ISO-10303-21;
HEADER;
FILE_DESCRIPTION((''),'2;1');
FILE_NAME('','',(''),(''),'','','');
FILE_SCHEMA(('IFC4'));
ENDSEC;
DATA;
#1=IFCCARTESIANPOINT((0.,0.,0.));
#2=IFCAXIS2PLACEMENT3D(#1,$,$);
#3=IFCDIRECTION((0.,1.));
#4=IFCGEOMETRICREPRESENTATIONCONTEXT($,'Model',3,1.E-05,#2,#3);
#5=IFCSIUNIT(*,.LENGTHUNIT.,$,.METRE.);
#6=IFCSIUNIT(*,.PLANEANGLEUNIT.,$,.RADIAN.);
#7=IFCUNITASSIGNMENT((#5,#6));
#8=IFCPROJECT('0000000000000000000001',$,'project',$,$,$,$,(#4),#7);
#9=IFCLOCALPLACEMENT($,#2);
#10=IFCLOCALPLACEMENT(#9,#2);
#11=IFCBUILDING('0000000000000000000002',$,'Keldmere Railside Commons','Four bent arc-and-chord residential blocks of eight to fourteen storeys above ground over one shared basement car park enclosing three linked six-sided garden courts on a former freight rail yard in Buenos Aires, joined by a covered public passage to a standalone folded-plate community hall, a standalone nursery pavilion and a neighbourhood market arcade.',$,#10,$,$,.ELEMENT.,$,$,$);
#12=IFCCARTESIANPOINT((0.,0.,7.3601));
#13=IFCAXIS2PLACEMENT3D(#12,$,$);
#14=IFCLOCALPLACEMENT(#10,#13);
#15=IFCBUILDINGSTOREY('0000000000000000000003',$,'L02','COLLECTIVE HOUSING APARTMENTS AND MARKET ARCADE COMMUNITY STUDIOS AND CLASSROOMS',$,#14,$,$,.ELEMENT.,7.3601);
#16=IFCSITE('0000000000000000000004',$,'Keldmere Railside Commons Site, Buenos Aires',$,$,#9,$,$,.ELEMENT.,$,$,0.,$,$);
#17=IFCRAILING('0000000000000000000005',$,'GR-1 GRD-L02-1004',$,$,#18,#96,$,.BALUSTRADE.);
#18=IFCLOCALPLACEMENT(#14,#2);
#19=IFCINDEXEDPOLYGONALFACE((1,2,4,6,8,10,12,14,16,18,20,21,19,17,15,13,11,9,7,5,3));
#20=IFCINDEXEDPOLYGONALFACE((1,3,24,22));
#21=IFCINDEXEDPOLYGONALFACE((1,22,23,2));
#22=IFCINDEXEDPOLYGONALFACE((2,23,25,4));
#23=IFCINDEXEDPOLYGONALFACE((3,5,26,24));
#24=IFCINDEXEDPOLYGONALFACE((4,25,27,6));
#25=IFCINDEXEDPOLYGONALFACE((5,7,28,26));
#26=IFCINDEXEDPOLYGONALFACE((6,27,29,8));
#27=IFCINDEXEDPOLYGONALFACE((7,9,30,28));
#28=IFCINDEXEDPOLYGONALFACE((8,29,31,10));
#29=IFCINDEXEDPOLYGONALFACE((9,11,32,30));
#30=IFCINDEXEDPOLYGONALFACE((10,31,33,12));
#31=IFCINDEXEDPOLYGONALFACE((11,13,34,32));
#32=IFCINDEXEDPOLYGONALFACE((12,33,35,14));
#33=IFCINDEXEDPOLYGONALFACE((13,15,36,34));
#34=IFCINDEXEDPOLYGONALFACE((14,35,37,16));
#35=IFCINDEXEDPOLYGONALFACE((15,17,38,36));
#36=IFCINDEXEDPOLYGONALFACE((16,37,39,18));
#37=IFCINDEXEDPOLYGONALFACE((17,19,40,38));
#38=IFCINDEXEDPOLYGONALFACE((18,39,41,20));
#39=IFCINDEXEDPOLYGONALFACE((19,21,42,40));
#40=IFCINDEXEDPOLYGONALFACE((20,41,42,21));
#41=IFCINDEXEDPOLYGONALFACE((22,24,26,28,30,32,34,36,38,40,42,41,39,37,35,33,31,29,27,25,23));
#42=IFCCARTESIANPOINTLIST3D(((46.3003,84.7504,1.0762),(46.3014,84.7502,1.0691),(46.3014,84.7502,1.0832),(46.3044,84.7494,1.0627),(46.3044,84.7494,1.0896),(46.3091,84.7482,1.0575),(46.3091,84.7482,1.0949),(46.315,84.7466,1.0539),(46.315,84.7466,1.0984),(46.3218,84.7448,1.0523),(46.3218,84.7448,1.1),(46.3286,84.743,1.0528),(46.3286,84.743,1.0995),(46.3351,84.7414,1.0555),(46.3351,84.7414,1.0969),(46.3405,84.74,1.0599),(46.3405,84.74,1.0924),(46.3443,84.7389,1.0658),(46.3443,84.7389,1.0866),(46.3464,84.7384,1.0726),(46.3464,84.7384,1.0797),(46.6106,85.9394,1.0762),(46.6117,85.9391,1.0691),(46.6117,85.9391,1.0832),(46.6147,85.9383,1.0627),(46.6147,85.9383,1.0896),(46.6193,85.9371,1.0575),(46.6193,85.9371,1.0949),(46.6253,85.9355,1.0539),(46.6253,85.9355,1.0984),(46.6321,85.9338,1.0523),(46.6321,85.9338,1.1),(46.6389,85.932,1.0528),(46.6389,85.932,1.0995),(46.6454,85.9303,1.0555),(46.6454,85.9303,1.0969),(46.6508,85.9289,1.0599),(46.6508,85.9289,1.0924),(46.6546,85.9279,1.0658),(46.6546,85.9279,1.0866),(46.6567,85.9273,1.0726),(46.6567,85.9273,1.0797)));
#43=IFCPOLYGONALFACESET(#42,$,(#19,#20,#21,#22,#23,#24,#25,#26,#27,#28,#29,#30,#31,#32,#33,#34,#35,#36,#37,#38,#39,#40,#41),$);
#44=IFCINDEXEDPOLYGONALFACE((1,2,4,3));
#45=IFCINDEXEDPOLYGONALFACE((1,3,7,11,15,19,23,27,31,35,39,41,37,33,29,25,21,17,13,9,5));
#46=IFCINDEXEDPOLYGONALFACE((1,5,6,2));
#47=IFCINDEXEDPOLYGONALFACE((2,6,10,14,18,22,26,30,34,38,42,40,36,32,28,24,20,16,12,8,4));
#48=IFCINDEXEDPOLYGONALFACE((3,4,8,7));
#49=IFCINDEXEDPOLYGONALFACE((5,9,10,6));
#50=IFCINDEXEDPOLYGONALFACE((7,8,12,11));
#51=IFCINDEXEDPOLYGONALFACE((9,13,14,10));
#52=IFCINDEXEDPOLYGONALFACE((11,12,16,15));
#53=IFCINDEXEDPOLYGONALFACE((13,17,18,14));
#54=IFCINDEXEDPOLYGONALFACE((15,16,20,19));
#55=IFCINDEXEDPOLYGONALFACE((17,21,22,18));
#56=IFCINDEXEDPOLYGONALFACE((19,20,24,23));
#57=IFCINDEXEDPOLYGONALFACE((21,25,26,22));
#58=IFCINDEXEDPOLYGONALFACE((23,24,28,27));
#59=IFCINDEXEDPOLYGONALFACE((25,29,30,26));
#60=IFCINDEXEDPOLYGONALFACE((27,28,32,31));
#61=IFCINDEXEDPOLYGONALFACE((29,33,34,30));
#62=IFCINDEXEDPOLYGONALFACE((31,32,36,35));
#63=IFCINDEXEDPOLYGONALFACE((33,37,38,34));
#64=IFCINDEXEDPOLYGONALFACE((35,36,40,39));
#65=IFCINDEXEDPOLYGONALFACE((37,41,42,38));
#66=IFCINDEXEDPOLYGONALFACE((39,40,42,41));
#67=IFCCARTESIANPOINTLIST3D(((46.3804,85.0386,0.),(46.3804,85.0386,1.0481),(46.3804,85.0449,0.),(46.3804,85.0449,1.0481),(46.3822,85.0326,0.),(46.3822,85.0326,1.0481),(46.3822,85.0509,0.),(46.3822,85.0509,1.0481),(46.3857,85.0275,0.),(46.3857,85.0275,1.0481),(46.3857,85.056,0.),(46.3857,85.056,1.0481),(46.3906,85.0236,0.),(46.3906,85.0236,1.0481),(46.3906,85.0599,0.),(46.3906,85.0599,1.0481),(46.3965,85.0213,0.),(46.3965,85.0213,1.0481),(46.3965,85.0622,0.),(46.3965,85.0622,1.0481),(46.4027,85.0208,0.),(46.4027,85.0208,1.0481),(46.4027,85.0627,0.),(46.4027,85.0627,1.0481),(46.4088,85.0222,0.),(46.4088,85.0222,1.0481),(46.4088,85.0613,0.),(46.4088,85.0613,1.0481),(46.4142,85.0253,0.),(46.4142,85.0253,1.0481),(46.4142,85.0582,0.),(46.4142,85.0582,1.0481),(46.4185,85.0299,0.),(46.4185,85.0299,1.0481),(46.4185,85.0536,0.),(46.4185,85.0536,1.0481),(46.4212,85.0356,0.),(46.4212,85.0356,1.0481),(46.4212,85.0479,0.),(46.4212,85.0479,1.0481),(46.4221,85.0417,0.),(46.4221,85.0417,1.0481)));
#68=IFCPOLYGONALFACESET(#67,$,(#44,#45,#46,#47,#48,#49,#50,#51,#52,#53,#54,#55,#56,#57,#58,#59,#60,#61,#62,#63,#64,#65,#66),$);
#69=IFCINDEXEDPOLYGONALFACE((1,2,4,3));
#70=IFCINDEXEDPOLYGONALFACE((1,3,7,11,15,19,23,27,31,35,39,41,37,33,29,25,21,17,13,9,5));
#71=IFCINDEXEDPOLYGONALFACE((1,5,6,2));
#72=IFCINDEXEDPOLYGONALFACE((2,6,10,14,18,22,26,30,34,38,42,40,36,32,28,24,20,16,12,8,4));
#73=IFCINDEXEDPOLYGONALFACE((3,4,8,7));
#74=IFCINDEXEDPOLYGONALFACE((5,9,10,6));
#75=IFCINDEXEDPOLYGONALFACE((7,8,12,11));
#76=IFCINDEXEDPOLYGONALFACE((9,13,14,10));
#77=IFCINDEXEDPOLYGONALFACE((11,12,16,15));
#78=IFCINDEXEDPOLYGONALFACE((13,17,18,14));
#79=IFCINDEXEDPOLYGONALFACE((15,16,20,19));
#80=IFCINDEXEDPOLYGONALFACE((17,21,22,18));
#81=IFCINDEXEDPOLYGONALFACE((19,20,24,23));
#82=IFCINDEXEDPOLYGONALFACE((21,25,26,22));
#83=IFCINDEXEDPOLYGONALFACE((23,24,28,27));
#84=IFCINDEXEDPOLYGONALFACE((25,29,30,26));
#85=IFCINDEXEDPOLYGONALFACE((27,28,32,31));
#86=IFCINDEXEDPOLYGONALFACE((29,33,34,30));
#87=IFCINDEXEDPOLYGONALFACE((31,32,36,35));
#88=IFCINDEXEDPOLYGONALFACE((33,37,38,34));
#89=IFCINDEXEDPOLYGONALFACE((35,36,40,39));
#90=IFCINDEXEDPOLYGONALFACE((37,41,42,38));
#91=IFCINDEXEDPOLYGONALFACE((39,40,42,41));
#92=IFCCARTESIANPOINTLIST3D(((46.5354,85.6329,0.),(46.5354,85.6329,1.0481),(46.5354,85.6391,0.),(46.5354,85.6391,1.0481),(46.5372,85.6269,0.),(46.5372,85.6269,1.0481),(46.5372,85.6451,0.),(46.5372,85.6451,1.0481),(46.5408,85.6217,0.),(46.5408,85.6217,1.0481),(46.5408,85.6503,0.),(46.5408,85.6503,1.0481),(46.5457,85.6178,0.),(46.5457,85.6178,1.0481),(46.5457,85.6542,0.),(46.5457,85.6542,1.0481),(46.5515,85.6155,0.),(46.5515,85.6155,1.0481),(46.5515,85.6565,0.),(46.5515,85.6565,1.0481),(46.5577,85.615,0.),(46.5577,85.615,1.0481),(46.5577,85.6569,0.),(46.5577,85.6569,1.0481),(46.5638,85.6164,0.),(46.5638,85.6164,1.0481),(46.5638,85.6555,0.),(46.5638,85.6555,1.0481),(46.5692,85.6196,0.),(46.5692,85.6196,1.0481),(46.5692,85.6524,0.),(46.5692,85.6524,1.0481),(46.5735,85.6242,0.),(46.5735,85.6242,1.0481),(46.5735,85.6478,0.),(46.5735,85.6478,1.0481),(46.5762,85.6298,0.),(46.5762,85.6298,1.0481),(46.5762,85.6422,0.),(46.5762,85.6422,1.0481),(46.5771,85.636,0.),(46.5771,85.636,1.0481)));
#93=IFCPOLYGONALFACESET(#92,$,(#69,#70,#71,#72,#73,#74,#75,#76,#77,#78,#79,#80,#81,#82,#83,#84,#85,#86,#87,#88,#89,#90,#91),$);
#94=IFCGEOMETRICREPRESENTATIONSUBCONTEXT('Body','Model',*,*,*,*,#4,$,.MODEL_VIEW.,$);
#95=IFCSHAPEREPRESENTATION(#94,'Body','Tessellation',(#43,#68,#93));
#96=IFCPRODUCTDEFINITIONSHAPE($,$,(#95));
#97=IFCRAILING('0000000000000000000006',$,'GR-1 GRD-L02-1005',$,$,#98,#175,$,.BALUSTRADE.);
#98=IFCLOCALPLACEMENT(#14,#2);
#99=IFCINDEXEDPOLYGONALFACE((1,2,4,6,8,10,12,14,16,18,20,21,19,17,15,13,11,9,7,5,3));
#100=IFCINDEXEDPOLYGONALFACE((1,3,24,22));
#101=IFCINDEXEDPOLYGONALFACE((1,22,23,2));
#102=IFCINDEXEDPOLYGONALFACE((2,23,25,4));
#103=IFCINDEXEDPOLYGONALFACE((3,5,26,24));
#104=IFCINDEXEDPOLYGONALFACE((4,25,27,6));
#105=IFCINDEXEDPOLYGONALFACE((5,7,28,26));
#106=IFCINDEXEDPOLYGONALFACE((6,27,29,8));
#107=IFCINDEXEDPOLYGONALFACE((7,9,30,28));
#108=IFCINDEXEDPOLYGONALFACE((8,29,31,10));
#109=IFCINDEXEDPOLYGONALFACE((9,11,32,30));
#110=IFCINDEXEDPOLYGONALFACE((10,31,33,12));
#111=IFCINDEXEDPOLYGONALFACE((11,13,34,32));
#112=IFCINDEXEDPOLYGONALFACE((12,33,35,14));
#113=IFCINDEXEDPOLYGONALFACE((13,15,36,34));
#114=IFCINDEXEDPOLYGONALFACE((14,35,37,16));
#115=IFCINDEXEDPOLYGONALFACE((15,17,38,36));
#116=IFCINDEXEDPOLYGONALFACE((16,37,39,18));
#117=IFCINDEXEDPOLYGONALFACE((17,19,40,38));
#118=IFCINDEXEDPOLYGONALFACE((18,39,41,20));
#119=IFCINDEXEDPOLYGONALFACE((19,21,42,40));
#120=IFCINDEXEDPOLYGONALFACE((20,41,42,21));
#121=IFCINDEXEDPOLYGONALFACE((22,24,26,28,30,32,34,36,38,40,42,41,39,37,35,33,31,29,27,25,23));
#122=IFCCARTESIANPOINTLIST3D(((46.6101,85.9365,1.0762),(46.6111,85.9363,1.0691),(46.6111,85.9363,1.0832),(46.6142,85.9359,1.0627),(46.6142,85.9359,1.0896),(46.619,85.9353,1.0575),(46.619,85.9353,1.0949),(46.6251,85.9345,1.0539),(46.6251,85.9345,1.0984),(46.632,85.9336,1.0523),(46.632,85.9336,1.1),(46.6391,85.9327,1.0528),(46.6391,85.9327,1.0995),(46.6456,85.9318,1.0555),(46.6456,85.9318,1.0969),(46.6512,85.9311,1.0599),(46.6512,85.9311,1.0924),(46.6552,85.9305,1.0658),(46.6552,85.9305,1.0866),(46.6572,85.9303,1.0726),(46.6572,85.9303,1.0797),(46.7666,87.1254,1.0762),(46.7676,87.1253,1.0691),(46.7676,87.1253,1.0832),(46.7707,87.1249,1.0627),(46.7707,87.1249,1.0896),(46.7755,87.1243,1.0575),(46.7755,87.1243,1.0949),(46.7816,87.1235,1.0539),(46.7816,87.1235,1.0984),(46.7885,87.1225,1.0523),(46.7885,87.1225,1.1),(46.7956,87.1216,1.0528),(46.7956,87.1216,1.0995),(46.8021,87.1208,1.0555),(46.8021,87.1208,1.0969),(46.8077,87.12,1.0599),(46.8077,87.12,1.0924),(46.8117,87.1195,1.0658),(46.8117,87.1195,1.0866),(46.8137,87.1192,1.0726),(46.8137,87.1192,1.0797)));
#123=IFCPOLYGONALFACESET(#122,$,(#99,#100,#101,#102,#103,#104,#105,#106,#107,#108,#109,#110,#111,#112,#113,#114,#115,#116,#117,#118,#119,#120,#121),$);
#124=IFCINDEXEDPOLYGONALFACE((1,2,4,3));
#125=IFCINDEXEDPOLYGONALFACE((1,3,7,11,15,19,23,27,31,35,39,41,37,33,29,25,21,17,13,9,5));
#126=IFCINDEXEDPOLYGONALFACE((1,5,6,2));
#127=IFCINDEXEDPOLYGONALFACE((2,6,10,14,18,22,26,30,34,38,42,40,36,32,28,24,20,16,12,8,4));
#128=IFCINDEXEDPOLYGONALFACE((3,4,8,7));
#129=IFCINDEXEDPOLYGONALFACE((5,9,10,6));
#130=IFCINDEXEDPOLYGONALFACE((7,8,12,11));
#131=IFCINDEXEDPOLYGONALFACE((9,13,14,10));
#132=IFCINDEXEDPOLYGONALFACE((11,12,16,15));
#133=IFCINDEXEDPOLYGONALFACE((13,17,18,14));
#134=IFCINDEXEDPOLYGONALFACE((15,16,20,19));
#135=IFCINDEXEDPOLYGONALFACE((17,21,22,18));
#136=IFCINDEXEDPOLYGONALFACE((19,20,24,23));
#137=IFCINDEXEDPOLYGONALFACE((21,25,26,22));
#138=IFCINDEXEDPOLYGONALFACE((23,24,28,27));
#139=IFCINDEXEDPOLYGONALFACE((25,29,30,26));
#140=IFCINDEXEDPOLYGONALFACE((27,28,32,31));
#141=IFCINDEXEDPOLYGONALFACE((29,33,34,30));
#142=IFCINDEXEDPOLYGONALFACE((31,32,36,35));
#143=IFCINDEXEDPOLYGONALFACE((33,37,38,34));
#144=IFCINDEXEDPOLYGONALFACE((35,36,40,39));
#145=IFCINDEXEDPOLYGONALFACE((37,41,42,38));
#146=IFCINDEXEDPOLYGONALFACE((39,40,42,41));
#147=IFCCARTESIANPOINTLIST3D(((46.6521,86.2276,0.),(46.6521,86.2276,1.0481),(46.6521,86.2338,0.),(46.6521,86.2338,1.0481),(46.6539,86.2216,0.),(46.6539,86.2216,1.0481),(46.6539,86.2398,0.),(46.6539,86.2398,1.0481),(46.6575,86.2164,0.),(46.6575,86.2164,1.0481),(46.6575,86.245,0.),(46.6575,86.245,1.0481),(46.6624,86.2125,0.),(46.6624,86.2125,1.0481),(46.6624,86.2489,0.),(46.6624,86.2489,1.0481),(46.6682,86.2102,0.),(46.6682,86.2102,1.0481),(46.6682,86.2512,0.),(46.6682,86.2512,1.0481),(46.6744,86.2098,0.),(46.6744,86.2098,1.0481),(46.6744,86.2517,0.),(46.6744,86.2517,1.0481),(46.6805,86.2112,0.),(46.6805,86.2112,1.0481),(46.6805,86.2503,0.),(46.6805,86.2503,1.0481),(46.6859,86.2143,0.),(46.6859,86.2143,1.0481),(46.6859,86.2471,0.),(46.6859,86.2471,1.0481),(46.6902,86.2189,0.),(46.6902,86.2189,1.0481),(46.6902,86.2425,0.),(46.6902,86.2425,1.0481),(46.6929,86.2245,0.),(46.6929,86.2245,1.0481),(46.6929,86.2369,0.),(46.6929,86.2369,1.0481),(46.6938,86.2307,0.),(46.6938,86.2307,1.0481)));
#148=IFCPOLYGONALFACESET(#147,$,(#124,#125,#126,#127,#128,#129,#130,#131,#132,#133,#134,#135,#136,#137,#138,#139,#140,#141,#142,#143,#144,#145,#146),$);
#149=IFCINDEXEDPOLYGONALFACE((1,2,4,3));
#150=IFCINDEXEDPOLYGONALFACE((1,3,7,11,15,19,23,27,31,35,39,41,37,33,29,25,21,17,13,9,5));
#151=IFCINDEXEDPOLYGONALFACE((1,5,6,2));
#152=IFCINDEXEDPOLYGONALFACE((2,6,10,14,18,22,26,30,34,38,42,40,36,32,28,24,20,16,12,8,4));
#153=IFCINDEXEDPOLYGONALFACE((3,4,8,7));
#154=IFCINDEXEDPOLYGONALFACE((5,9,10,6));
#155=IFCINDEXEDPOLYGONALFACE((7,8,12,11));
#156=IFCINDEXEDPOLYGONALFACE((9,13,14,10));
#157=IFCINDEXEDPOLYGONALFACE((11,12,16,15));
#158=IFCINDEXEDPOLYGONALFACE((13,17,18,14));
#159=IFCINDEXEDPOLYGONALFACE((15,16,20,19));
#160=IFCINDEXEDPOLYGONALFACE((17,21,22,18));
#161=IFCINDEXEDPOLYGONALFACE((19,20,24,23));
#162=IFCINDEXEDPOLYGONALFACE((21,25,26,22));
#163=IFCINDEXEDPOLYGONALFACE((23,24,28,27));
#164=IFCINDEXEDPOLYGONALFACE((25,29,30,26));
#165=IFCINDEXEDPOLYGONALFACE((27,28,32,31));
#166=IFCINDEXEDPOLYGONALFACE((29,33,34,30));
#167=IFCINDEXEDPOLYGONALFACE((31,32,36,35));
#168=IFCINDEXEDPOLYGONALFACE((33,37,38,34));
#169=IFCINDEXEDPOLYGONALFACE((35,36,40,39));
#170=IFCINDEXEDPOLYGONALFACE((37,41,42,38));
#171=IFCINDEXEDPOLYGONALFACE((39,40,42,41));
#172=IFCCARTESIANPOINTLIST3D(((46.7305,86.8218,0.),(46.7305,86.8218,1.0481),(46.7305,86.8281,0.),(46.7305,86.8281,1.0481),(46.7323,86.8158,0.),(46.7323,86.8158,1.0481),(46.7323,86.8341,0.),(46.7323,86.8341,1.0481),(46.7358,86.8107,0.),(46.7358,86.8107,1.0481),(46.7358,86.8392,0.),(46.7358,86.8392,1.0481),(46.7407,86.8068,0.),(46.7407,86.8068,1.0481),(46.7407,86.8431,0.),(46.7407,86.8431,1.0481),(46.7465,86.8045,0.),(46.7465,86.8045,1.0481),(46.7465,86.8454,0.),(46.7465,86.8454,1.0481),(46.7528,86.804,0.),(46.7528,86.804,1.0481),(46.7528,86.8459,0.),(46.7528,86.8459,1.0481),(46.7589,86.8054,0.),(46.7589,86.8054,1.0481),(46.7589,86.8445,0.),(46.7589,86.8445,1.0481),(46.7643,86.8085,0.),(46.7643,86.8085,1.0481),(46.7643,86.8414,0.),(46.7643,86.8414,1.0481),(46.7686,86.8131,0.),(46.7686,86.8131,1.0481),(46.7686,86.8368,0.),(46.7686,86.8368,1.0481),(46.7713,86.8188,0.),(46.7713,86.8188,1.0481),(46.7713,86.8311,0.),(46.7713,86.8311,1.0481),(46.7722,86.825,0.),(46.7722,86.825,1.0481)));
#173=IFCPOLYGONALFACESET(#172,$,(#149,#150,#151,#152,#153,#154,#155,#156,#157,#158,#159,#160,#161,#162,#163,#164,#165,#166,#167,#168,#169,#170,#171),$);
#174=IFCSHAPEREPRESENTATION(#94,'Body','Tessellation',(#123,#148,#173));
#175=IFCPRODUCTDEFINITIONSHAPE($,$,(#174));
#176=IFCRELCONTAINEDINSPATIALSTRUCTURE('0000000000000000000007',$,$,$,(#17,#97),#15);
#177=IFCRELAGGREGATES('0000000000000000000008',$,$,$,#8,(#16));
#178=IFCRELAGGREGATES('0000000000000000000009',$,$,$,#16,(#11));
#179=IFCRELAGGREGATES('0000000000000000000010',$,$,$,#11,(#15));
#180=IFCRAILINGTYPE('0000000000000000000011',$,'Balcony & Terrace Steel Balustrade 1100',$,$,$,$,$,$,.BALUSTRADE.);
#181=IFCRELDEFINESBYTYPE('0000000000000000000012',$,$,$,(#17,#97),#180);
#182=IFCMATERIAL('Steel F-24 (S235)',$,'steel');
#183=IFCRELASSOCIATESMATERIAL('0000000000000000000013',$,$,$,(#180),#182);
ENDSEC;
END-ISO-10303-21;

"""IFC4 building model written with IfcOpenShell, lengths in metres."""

from ifc_helpers import new_model, si_unit, direction, frame, origin, origin_2d, place, context, subcontext, project, spatial, circle, extrude, material, type_object, element, save


model = new_model("IFC4")

# Units and contexts
model_context = context("Model", 3, precision=1e-05, world=origin(), true_north=direction((0.0, 1.0)))
body_context = subcontext(model_context, "Body", "Model", "MODEL_VIEW")
ifc_project = project(units=[si_unit("LENGTHUNIT", "METRE"), si_unit("PLANEANGLEUNIT", "RADIAN")], contexts=[model_context])

# Site, building, storey
site_placement = place(None, origin())
site = spatial("IfcSite", under=ifc_project, at=site_placement, Name="Keldmere Railside Commons Site, Buenos Aires", CompositionType="ELEMENT", RefElevation=0.0)
building_placement = place(site_placement, origin())
building = spatial("IfcBuilding", under=site, at=building_placement, Name="Keldmere Railside Commons", Description="Four bent arc-and-chord residential blocks of eight to fourteen storeys above ground over one shared basement car park enclosing three linked six-sided garden courts on a former freight rail yard in Buenos Aires, joined by a covered public passage to a standalone folded-plate community hall, a standalone nursery pavilion and a neighbourhood market arcade.", CompositionType="ELEMENT")
storey_placement = place(building_placement, frame((0.0, 0.0, 7.3601)))
storey = spatial("IfcBuildingStorey", under=building, at=storey_placement, Name="L02", Description="COLLECTIVE HOUSING APARTMENTS AND MARKET ARCADE COMMUNITY STUDIOS AND CLASSROOMS", CompositionType="ELEMENT", Elevation=7.3601)

# Railings
ifc_material_1 = material(Name="Steel F-24 (S235)", Category="steel")
railing_type = type_object("IfcRailingType", Name="Balcony & Terrace Steel Balustrade 1100", PredefinedType="BALUSTRADE", material=ifc_material_1)
railing_1_placement = place(storey_placement, frame((46.3235, 84.7444, 0.0)))
element("IfcRailing", 1, at=railing_1_placement, inside=storey, type_object=railing_type, Name="GR-1 GRD-L02-1004", PredefinedType="BALUSTRADE", context=body_context, shape_type="SweptSolid", body=[
    extrude(circle(Radius=0.0239, at=origin_2d()), frame((0.0, 0.0, 1.0762), z_axis=(0.252527, 0.96759, 0.0), x_axis=(-0.96759, 0.252527, 0.0)), (0.0, 0.0, 1.0), 1.2288),
    extrude(circle(Radius=0.021, at=origin_2d()), frame((0.0776, 0.2974, 0.0)), (0.0, 0.0, 1.0), 1.0481),
    extrude(circle(Radius=0.021, at=origin_2d()), frame((0.2327, 0.8916, 0.0)), (0.0, 0.0, 1.0), 1.0481),
])
railing_2_placement = place(storey_placement, frame((46.6338, 85.9333, 0.0)))
element("IfcRailing", 2, at=railing_2_placement, inside=storey, type_object=railing_type, Name="GR-1 GRD-L02-1005", PredefinedType="BALUSTRADE", context=body_context, shape_type="SweptSolid", body=[
    extrude(circle(Radius=0.0239, at=origin_2d()), frame((0.0, 0.0, 1.0762), z_axis=(0.130497, 0.991449, 0.0), x_axis=(-0.991449, 0.130497, 0.0)), (0.0, 0.0, 1.0), 1.1992),
    extrude(circle(Radius=0.021, at=origin_2d()), frame((0.0391, 0.2974, 0.0)), (0.0, 0.0, 1.0), 1.0481),
    extrude(circle(Radius=0.021, at=origin_2d()), frame((0.1174, 0.8916, 0.0)), (0.0, 0.0, 1.0), 1.0481),
])

save(model, "model.ifc")
